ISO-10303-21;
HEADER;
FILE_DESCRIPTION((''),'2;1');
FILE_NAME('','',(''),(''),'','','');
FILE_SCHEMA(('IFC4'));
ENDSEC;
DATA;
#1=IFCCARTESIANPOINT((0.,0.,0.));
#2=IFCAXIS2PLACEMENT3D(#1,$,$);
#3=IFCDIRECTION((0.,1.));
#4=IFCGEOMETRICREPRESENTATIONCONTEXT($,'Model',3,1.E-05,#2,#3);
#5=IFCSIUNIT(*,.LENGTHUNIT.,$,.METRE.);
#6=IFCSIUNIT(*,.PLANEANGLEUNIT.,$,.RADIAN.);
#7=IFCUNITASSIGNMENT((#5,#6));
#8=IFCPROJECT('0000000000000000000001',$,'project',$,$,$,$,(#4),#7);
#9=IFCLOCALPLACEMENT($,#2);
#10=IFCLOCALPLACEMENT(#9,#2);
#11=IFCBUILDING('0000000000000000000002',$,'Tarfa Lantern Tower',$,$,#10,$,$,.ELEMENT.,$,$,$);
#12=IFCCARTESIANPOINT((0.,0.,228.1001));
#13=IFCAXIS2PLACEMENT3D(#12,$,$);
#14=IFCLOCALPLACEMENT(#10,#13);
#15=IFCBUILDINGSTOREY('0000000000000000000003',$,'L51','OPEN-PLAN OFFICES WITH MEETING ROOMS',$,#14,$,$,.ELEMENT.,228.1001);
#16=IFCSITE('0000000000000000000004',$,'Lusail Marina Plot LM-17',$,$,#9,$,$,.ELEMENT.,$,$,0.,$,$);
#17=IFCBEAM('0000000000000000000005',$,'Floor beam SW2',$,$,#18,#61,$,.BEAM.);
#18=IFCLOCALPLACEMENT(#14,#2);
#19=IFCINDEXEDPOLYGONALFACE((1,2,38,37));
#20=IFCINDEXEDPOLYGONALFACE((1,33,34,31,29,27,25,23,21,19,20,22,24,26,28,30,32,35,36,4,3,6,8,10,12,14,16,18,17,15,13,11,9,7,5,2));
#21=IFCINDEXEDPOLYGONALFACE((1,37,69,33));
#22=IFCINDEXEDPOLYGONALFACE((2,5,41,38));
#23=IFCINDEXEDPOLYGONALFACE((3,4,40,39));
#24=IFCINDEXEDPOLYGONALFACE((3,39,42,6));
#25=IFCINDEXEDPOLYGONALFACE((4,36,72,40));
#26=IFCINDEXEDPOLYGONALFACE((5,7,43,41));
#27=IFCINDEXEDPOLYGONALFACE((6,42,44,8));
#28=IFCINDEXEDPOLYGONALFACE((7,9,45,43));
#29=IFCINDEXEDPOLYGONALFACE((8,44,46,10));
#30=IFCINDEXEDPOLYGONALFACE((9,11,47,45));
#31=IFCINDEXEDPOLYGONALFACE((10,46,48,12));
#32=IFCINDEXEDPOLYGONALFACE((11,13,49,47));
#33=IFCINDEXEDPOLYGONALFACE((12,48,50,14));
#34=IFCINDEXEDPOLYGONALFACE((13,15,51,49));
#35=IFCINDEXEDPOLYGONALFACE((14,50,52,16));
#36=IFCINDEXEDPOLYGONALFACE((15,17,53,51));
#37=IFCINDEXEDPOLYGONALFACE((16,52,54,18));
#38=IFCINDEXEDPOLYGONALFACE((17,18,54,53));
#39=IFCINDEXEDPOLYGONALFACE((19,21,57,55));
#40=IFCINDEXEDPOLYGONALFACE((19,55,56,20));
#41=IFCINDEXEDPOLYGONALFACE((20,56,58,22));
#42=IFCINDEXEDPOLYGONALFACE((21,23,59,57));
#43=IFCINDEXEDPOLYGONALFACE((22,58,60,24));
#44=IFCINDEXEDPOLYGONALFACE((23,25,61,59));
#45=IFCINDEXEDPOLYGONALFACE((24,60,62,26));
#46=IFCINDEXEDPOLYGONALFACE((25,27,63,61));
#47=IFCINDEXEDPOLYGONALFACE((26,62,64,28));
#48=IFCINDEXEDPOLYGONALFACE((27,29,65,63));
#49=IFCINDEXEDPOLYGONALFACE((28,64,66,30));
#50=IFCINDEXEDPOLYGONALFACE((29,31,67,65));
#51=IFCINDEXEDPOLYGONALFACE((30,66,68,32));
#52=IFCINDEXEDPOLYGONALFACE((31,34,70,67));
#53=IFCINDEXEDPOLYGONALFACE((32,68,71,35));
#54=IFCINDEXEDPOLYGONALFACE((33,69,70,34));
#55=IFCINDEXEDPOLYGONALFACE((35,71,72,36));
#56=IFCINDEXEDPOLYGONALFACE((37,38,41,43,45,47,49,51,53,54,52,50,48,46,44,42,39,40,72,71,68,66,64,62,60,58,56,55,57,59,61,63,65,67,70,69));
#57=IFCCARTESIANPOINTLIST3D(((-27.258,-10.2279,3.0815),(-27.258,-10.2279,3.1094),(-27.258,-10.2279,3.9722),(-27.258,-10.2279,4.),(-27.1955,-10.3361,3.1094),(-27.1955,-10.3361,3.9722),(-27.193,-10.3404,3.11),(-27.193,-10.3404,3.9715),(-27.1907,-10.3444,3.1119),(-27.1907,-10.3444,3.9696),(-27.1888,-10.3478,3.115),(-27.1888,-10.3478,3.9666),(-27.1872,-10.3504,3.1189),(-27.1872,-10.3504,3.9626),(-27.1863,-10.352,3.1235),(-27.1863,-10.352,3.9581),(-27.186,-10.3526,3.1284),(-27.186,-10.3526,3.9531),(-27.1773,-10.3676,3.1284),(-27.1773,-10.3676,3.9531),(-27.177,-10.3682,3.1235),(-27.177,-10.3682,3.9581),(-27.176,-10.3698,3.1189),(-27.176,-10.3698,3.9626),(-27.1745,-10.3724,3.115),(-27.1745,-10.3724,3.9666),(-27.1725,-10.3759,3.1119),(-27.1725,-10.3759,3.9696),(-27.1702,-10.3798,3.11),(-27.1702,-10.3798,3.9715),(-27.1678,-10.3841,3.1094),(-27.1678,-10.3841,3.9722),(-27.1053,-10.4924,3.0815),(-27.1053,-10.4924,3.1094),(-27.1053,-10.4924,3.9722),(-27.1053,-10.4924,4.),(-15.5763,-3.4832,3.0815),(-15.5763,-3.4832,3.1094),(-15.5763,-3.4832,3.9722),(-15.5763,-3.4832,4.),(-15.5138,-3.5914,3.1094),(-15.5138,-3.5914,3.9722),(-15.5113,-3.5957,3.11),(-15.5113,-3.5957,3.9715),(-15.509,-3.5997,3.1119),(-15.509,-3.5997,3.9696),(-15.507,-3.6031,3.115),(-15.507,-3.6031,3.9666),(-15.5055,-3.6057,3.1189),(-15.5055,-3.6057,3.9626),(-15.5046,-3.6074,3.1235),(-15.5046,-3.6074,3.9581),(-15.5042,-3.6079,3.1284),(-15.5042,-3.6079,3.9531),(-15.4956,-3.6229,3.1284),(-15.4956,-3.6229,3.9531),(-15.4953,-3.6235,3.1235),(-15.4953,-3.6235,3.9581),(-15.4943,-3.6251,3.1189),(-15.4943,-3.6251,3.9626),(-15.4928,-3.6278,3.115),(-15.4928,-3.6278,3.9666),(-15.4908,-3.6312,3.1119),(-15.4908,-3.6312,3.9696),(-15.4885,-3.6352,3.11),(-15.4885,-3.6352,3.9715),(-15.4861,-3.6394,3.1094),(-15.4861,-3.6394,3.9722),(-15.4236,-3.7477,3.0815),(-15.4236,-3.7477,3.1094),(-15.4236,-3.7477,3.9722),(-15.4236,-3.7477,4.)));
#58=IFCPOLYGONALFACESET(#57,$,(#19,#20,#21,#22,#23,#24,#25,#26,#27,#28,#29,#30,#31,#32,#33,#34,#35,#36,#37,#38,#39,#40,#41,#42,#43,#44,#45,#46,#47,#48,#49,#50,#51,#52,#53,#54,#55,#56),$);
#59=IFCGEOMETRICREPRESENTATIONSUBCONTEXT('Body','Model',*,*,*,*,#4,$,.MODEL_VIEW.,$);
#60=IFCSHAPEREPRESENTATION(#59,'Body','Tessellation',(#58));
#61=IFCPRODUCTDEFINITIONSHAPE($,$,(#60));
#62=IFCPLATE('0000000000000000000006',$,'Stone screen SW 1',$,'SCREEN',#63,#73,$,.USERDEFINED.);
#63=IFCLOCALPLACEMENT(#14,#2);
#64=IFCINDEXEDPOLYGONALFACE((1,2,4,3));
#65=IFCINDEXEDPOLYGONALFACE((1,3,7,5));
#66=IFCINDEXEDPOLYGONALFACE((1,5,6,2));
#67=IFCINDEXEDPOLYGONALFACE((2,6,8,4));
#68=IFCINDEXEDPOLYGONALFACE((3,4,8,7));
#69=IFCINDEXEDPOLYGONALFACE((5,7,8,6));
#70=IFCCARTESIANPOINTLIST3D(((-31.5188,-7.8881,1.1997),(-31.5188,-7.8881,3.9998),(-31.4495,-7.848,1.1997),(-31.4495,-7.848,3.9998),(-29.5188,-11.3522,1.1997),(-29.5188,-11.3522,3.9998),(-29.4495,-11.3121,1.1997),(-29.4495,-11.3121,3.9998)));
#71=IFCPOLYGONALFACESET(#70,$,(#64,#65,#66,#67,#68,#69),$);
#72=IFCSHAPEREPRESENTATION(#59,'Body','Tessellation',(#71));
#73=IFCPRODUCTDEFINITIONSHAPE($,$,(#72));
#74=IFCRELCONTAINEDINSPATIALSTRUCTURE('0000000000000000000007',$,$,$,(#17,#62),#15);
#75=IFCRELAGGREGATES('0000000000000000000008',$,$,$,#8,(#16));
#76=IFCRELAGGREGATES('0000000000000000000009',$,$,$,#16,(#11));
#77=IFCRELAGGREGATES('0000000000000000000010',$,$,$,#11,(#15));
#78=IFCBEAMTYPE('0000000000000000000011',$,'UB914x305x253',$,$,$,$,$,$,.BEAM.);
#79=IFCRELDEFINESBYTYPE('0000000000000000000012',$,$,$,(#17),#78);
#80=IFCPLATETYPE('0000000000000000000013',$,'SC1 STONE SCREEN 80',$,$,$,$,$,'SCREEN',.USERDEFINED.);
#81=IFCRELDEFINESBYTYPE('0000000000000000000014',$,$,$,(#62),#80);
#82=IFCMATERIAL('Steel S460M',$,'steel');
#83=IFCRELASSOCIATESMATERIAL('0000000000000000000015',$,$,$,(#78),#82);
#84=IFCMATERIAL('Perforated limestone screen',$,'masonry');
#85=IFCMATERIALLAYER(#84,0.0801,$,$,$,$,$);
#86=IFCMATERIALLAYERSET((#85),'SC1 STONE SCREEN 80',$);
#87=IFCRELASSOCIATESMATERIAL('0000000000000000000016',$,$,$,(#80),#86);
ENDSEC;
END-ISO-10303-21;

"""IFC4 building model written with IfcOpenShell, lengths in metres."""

from ifc_helpers import new_model, si_unit, direction, frame, origin, origin_2d, place, context, subcontext, project, spatial, rectangle, i_section, extrude, material, layer, layer_set, material_profile, profile_set, type_object, element, save


model = new_model("IFC4")

# Units and contexts
model_context = context("Model", 3, precision=1e-05, world=origin(), true_north=direction((0.0, 1.0)))
body_context = subcontext(model_context, "Body", "Model", "MODEL_VIEW")
ifc_project = project(units=[si_unit("LENGTHUNIT", "METRE"), si_unit("PLANEANGLEUNIT", "RADIAN")], contexts=[model_context])

# Site, building, storey
site_placement = place(None, origin())
site = spatial("IfcSite", under=ifc_project, at=site_placement, Name="Lusail Marina Plot LM-17", CompositionType="ELEMENT", RefElevation=0.0)
building_placement = place(site_placement, origin())
building = spatial("IfcBuilding", under=site, at=building_placement, Name="Tarfa Lantern Tower", CompositionType="ELEMENT")
storey_placement = place(building_placement, frame((0.0, 0.0, 228.1001)))
storey = spatial("IfcBuildingStorey", under=building, at=storey_placement, Name="L51", Description="OPEN-PLAN OFFICES WITH MEETING ROOMS", CompositionType="ELEMENT", Elevation=228.1001)

# Beam
ifc_material_1 = material(Name="Steel S460M", Category="steel")
ifc_material_profile_1 = material_profile(ifc_material_1, i_section(OverallWidth=0.3054, OverallDepth=0.9185, WebThickness=0.0173, FlangeThickness=0.0278, FilletRadius=0.019, at=origin_2d()), Name="UB914x305x253")
ifc_profile_set_1 = profile_set([ifc_material_profile_1], Name="Steel S460M")
beam_type_1 = type_object("IfcBeamType", Name="UB914x305x253", PredefinedType="BEAM", material=ifc_profile_set_1)
beam_1_placement = place(storey_placement, frame((-27.1816, -10.3601, 3.5408), z_axis=(0.866018, 0.500013, 0.0), x_axis=(-0.500013, 0.866018, 0.0)))
element("IfcBeam", 1, at=beam_1_placement, inside=storey, type_object=beam_type_1, Name="Floor beam SW2", PredefinedType="BEAM", context=body_context, shape_type="SweptSolid", body=[
    extrude(i_section(OverallWidth=0.3054, OverallDepth=0.9185, WebThickness=0.0173, FlangeThickness=0.0278, FilletRadius=0.019, at=origin_2d()), origin(), (0.0, 0.0, 1.0), 13.489),
])

# Plate
ifc_material_2 = material(Name="Perforated limestone screen", Category="masonry")
ifc_layer_1 = layer(ifc_material_2, 0.0801)
ifc_layer_set_1 = layer_set([ifc_layer_1], Name="SC1 STONE SCREEN 80")
plate_type = type_object("IfcPlateType", Name="SC1 STONE SCREEN 80", ElementType="SCREEN", PredefinedType="USERDEFINED", material=ifc_layer_set_1)
plate_placement = place(storey_placement, frame((-30.4841, -9.6001, 1.1997), z_axis=(0.0, 0.0, 1.0), x_axis=(0.5, -0.866025, 0.0)))
element("IfcPlate", 2, at=plate_placement, inside=storey, type_object=plate_type, Name="Stone screen SW 1", ObjectType="SCREEN", PredefinedType="USERDEFINED", context=body_context, shape_type="SweptSolid", body=[
    extrude(rectangle(XDim=4.0, YDim=0.0801, at=origin_2d()), origin(), (0.0, 0.0, 1.0), 2.8),
])

save(model, "model.ifc")
